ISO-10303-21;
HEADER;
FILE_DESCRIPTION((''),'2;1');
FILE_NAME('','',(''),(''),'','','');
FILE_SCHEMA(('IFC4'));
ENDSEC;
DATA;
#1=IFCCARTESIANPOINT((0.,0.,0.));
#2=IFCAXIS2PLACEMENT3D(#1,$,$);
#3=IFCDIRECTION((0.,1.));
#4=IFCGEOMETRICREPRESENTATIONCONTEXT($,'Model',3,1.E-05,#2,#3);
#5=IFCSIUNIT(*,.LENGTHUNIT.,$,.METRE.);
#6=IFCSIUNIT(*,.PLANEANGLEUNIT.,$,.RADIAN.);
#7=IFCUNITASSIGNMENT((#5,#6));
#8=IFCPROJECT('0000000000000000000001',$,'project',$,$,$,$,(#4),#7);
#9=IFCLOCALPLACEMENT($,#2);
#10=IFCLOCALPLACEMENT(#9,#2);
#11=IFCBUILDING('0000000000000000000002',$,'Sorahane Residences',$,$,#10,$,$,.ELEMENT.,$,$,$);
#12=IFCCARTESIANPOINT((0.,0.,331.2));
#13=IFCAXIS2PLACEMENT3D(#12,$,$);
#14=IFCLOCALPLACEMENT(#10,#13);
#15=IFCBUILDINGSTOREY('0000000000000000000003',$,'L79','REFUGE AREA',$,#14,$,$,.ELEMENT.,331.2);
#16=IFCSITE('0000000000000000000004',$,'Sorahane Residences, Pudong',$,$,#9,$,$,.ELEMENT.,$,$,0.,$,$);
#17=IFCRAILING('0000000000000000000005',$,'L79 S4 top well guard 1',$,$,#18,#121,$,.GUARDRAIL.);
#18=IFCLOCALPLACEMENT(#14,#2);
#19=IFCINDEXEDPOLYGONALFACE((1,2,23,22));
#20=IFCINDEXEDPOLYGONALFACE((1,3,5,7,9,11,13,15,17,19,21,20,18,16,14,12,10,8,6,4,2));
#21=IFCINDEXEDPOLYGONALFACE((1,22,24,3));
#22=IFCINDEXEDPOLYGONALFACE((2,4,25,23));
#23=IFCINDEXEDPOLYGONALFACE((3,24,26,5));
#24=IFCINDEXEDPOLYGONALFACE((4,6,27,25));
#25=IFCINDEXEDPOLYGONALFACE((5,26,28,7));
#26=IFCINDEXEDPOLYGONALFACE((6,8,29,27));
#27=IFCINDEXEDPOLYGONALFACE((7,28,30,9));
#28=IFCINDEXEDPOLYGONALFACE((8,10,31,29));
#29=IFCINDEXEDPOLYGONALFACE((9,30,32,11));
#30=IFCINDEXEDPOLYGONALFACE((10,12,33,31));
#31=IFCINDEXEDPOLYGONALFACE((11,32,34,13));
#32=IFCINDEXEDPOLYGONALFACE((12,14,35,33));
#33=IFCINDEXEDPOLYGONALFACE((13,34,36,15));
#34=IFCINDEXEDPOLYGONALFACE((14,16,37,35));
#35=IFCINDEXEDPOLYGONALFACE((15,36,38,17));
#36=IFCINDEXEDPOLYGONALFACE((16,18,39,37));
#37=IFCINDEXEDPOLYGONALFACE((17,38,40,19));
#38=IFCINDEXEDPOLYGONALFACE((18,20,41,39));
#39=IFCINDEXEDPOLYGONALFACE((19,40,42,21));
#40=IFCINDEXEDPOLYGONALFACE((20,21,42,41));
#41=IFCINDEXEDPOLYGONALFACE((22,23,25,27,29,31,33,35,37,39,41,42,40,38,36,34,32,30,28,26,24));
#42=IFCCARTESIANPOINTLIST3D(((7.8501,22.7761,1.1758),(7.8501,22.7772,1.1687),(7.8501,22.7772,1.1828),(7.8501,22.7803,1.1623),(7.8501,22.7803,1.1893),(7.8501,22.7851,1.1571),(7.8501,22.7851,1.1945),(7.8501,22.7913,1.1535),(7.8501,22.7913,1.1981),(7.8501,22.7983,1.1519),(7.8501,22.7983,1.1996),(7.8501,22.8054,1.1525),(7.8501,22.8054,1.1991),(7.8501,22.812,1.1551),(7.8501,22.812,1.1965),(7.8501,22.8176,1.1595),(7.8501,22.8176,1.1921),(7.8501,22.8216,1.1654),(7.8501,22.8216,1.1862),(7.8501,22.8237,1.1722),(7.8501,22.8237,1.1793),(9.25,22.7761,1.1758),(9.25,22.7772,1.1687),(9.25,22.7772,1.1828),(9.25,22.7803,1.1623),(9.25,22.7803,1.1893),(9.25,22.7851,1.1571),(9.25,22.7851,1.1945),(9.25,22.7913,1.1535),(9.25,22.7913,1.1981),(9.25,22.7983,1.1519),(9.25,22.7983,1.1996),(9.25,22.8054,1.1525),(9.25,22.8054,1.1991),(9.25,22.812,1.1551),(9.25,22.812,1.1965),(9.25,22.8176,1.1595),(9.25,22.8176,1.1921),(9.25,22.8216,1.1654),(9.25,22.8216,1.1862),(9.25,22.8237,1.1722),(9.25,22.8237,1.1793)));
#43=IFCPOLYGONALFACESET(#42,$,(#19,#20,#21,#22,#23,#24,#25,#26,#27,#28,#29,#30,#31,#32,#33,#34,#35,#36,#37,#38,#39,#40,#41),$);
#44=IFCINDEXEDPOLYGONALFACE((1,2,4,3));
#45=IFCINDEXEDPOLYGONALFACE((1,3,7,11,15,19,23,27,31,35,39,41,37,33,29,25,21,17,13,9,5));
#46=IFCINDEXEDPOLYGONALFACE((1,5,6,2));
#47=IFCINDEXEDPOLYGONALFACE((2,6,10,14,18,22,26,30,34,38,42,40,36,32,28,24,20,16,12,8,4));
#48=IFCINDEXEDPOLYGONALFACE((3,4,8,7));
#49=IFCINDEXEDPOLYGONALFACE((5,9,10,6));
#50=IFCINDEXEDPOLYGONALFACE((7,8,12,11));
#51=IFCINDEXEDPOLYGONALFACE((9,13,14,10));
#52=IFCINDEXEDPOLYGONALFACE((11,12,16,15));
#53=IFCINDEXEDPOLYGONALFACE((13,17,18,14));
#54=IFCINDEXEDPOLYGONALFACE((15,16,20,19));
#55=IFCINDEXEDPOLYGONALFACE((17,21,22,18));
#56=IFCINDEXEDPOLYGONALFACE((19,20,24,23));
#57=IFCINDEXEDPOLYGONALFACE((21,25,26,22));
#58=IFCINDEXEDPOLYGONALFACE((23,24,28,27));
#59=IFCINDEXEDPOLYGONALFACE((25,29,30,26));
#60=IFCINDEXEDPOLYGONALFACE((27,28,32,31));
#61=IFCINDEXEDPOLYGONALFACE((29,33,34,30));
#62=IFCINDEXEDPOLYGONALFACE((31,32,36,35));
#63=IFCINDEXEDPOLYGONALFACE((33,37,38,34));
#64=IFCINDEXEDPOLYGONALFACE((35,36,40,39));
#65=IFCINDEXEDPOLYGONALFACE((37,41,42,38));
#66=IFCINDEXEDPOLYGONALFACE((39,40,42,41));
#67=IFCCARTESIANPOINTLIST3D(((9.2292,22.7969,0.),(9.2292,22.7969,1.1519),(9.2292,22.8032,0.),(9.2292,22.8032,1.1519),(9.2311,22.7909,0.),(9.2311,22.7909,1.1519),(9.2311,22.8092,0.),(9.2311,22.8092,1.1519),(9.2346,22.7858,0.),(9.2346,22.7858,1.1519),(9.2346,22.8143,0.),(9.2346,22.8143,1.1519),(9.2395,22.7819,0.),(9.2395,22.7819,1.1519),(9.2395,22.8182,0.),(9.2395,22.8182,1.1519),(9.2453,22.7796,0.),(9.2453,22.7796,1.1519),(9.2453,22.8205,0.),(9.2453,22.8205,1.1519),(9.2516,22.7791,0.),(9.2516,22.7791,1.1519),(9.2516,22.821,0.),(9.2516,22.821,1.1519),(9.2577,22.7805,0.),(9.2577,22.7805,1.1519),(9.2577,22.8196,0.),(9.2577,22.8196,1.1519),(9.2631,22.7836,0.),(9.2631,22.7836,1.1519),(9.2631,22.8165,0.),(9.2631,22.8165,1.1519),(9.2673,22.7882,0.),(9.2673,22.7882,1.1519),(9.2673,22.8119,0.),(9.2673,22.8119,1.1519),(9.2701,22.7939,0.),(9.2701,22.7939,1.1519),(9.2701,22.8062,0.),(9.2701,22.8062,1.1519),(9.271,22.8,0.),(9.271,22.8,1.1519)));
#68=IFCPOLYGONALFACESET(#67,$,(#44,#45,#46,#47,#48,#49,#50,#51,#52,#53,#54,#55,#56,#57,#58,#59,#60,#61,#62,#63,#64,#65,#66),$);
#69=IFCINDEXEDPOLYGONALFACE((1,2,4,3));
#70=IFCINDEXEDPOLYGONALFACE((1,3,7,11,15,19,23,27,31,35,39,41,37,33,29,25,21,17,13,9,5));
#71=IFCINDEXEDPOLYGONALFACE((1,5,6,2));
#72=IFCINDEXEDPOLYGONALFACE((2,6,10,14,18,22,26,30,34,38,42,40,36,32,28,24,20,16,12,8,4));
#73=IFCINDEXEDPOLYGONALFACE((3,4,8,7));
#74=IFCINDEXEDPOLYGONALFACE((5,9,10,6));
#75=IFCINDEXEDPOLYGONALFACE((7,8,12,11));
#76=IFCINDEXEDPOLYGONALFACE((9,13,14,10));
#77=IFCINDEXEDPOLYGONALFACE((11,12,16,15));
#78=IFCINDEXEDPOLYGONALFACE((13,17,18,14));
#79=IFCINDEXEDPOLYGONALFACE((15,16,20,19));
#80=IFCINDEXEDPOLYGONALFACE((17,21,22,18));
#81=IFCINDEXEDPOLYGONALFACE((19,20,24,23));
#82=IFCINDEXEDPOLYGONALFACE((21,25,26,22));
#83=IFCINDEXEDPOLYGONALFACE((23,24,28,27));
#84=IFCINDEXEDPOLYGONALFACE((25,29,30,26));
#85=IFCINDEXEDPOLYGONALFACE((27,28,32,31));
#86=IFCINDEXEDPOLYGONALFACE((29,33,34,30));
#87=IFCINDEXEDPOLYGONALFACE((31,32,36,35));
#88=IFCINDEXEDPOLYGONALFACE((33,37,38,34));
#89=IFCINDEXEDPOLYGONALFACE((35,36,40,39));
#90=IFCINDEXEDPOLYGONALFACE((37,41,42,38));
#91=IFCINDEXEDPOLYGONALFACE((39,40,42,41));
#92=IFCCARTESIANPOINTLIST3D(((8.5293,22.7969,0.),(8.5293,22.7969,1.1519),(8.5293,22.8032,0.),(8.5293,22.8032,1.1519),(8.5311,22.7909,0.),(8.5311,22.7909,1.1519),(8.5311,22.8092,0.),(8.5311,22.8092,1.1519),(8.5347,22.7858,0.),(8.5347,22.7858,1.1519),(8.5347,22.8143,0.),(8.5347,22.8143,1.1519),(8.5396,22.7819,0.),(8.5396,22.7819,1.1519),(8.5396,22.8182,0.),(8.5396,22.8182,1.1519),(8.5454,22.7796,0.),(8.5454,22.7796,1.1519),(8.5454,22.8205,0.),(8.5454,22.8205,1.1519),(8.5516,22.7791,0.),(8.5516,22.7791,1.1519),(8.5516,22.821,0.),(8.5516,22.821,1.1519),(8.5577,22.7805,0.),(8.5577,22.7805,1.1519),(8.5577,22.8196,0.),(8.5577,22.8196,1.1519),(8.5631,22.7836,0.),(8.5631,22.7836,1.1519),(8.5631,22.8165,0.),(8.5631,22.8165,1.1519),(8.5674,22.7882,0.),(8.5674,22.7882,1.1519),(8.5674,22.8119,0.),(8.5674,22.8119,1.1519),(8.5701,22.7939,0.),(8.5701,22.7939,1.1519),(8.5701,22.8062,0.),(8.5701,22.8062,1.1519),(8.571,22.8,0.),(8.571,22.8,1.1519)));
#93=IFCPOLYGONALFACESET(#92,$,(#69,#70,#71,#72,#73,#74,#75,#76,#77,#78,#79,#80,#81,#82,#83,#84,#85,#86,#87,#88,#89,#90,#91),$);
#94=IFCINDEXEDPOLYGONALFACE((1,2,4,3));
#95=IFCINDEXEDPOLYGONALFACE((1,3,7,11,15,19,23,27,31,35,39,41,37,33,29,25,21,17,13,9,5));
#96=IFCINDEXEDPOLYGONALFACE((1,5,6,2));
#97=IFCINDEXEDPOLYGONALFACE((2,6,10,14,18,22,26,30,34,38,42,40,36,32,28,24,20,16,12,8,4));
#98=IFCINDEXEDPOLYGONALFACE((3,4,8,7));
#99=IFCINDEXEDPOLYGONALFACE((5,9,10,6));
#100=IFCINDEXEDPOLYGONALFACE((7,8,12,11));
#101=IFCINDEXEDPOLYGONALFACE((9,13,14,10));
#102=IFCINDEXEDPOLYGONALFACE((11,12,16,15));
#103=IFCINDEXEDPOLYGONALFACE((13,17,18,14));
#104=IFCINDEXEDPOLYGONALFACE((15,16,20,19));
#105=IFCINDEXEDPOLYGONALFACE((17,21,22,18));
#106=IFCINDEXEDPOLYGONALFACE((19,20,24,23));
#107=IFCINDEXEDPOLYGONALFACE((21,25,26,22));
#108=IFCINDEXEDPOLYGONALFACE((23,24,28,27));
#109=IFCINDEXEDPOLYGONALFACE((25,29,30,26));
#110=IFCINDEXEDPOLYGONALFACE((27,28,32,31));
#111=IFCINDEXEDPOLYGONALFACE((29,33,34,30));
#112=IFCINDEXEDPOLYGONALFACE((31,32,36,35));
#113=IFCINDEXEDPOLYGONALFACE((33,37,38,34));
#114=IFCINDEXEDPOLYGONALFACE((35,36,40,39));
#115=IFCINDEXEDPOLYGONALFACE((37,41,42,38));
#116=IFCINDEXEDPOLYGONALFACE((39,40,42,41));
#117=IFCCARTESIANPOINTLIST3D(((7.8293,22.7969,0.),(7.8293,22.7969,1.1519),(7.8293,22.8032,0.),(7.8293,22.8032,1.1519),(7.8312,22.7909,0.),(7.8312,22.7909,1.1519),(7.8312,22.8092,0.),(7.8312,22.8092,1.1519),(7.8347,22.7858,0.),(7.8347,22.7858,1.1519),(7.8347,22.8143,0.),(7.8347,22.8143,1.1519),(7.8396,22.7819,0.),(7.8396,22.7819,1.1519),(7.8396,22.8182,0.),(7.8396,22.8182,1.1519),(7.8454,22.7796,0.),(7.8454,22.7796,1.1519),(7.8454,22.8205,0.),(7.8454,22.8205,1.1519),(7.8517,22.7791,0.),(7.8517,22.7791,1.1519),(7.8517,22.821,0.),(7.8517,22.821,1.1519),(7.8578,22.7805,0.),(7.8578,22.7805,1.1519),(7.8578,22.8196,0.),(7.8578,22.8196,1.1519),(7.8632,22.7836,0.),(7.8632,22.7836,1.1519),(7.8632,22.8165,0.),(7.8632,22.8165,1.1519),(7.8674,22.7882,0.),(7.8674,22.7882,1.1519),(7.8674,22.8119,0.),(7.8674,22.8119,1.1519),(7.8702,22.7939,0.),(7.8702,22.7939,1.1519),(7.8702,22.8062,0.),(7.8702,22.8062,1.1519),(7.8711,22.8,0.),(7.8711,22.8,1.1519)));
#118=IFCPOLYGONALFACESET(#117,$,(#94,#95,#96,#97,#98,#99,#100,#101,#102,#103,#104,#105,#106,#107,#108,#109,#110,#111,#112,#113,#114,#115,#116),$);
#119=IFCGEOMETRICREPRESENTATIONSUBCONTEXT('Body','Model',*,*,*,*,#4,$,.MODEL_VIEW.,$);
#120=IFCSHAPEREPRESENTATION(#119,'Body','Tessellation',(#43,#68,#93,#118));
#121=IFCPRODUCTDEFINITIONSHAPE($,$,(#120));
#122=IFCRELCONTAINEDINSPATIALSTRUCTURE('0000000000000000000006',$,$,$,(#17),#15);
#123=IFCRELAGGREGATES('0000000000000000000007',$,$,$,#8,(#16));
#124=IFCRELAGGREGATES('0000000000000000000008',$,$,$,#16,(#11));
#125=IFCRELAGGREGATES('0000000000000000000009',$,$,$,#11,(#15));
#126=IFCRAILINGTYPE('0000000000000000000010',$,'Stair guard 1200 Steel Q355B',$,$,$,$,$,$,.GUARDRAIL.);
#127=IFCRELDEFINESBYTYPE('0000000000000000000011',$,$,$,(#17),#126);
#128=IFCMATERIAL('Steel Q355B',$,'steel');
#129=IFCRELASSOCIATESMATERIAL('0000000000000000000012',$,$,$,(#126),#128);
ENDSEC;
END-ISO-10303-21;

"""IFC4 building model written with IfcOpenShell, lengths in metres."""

from ifc_helpers import new_model, si_unit, direction, frame, origin, origin_2d, place, context, subcontext, project, spatial, circle, extrude, material, type_object, element, save


model = new_model("IFC4")

# Units and contexts
model_context = context("Model", 3, precision=1e-05, world=origin(), true_north=direction((0.0, 1.0)))
body_context = subcontext(model_context, "Body", "Model", "MODEL_VIEW")
ifc_project = project(units=[si_unit("LENGTHUNIT", "METRE"), si_unit("PLANEANGLEUNIT", "RADIAN")], contexts=[model_context])

# Site, building, storey
site_placement = place(None, origin())
site = spatial("IfcSite", under=ifc_project, at=site_placement, Name="Sorahane Residences, Pudong", CompositionType="ELEMENT", RefElevation=0.0)
building_placement = place(site_placement, origin())
building = spatial("IfcBuilding", under=site, at=building_placement, Name="Sorahane Residences", CompositionType="ELEMENT")
storey_placement = place(building_placement, frame((0.0, 0.0, 331.2)))
storey = spatial("IfcBuildingStorey", under=building, at=storey_placement, Name="L79", Description="REFUGE AREA", CompositionType="ELEMENT", Elevation=331.2)

# Railing
ifc_material_1 = material(Name="Steel Q355B", Category="steel")
railing_type_1 = type_object("IfcRailingType", Name="Stair guard 1200 Steel Q355B", PredefinedType="GUARDRAIL", material=ifc_material_1)
railing_1_placement = place(storey_placement, frame((9.25, 22.8, 0.0)))
element("IfcRailing", 1, at=railing_1_placement, inside=storey, type_object=railing_type_1, Name="L79 S4 top well guard 1", PredefinedType="GUARDRAIL", context=body_context, shape_type="SweptSolid", body=[
    extrude(circle(Radius=0.0239, at=origin_2d()), frame((0.0, 0.0, 1.1758), z_axis=(-1.0, 0.0, 0.0), x_axis=(0.0, -1.0, 0.0)), (0.0, 0.0, 1.0), 1.3999),
    extrude(circle(Radius=0.021, at=origin_2d()), origin(), (0.0, 0.0, 1.0), 1.1519),
    extrude(circle(Radius=0.021, at=origin_2d()), frame((-0.7, 0.0, 0.0)), (0.0, 0.0, 1.0), 1.1519),
    extrude(circle(Radius=0.021, at=origin_2d()), frame((-1.3999, 0.0, 0.0)), (0.0, 0.0, 1.0), 1.1519),
])

save(model, "model.ifc")
